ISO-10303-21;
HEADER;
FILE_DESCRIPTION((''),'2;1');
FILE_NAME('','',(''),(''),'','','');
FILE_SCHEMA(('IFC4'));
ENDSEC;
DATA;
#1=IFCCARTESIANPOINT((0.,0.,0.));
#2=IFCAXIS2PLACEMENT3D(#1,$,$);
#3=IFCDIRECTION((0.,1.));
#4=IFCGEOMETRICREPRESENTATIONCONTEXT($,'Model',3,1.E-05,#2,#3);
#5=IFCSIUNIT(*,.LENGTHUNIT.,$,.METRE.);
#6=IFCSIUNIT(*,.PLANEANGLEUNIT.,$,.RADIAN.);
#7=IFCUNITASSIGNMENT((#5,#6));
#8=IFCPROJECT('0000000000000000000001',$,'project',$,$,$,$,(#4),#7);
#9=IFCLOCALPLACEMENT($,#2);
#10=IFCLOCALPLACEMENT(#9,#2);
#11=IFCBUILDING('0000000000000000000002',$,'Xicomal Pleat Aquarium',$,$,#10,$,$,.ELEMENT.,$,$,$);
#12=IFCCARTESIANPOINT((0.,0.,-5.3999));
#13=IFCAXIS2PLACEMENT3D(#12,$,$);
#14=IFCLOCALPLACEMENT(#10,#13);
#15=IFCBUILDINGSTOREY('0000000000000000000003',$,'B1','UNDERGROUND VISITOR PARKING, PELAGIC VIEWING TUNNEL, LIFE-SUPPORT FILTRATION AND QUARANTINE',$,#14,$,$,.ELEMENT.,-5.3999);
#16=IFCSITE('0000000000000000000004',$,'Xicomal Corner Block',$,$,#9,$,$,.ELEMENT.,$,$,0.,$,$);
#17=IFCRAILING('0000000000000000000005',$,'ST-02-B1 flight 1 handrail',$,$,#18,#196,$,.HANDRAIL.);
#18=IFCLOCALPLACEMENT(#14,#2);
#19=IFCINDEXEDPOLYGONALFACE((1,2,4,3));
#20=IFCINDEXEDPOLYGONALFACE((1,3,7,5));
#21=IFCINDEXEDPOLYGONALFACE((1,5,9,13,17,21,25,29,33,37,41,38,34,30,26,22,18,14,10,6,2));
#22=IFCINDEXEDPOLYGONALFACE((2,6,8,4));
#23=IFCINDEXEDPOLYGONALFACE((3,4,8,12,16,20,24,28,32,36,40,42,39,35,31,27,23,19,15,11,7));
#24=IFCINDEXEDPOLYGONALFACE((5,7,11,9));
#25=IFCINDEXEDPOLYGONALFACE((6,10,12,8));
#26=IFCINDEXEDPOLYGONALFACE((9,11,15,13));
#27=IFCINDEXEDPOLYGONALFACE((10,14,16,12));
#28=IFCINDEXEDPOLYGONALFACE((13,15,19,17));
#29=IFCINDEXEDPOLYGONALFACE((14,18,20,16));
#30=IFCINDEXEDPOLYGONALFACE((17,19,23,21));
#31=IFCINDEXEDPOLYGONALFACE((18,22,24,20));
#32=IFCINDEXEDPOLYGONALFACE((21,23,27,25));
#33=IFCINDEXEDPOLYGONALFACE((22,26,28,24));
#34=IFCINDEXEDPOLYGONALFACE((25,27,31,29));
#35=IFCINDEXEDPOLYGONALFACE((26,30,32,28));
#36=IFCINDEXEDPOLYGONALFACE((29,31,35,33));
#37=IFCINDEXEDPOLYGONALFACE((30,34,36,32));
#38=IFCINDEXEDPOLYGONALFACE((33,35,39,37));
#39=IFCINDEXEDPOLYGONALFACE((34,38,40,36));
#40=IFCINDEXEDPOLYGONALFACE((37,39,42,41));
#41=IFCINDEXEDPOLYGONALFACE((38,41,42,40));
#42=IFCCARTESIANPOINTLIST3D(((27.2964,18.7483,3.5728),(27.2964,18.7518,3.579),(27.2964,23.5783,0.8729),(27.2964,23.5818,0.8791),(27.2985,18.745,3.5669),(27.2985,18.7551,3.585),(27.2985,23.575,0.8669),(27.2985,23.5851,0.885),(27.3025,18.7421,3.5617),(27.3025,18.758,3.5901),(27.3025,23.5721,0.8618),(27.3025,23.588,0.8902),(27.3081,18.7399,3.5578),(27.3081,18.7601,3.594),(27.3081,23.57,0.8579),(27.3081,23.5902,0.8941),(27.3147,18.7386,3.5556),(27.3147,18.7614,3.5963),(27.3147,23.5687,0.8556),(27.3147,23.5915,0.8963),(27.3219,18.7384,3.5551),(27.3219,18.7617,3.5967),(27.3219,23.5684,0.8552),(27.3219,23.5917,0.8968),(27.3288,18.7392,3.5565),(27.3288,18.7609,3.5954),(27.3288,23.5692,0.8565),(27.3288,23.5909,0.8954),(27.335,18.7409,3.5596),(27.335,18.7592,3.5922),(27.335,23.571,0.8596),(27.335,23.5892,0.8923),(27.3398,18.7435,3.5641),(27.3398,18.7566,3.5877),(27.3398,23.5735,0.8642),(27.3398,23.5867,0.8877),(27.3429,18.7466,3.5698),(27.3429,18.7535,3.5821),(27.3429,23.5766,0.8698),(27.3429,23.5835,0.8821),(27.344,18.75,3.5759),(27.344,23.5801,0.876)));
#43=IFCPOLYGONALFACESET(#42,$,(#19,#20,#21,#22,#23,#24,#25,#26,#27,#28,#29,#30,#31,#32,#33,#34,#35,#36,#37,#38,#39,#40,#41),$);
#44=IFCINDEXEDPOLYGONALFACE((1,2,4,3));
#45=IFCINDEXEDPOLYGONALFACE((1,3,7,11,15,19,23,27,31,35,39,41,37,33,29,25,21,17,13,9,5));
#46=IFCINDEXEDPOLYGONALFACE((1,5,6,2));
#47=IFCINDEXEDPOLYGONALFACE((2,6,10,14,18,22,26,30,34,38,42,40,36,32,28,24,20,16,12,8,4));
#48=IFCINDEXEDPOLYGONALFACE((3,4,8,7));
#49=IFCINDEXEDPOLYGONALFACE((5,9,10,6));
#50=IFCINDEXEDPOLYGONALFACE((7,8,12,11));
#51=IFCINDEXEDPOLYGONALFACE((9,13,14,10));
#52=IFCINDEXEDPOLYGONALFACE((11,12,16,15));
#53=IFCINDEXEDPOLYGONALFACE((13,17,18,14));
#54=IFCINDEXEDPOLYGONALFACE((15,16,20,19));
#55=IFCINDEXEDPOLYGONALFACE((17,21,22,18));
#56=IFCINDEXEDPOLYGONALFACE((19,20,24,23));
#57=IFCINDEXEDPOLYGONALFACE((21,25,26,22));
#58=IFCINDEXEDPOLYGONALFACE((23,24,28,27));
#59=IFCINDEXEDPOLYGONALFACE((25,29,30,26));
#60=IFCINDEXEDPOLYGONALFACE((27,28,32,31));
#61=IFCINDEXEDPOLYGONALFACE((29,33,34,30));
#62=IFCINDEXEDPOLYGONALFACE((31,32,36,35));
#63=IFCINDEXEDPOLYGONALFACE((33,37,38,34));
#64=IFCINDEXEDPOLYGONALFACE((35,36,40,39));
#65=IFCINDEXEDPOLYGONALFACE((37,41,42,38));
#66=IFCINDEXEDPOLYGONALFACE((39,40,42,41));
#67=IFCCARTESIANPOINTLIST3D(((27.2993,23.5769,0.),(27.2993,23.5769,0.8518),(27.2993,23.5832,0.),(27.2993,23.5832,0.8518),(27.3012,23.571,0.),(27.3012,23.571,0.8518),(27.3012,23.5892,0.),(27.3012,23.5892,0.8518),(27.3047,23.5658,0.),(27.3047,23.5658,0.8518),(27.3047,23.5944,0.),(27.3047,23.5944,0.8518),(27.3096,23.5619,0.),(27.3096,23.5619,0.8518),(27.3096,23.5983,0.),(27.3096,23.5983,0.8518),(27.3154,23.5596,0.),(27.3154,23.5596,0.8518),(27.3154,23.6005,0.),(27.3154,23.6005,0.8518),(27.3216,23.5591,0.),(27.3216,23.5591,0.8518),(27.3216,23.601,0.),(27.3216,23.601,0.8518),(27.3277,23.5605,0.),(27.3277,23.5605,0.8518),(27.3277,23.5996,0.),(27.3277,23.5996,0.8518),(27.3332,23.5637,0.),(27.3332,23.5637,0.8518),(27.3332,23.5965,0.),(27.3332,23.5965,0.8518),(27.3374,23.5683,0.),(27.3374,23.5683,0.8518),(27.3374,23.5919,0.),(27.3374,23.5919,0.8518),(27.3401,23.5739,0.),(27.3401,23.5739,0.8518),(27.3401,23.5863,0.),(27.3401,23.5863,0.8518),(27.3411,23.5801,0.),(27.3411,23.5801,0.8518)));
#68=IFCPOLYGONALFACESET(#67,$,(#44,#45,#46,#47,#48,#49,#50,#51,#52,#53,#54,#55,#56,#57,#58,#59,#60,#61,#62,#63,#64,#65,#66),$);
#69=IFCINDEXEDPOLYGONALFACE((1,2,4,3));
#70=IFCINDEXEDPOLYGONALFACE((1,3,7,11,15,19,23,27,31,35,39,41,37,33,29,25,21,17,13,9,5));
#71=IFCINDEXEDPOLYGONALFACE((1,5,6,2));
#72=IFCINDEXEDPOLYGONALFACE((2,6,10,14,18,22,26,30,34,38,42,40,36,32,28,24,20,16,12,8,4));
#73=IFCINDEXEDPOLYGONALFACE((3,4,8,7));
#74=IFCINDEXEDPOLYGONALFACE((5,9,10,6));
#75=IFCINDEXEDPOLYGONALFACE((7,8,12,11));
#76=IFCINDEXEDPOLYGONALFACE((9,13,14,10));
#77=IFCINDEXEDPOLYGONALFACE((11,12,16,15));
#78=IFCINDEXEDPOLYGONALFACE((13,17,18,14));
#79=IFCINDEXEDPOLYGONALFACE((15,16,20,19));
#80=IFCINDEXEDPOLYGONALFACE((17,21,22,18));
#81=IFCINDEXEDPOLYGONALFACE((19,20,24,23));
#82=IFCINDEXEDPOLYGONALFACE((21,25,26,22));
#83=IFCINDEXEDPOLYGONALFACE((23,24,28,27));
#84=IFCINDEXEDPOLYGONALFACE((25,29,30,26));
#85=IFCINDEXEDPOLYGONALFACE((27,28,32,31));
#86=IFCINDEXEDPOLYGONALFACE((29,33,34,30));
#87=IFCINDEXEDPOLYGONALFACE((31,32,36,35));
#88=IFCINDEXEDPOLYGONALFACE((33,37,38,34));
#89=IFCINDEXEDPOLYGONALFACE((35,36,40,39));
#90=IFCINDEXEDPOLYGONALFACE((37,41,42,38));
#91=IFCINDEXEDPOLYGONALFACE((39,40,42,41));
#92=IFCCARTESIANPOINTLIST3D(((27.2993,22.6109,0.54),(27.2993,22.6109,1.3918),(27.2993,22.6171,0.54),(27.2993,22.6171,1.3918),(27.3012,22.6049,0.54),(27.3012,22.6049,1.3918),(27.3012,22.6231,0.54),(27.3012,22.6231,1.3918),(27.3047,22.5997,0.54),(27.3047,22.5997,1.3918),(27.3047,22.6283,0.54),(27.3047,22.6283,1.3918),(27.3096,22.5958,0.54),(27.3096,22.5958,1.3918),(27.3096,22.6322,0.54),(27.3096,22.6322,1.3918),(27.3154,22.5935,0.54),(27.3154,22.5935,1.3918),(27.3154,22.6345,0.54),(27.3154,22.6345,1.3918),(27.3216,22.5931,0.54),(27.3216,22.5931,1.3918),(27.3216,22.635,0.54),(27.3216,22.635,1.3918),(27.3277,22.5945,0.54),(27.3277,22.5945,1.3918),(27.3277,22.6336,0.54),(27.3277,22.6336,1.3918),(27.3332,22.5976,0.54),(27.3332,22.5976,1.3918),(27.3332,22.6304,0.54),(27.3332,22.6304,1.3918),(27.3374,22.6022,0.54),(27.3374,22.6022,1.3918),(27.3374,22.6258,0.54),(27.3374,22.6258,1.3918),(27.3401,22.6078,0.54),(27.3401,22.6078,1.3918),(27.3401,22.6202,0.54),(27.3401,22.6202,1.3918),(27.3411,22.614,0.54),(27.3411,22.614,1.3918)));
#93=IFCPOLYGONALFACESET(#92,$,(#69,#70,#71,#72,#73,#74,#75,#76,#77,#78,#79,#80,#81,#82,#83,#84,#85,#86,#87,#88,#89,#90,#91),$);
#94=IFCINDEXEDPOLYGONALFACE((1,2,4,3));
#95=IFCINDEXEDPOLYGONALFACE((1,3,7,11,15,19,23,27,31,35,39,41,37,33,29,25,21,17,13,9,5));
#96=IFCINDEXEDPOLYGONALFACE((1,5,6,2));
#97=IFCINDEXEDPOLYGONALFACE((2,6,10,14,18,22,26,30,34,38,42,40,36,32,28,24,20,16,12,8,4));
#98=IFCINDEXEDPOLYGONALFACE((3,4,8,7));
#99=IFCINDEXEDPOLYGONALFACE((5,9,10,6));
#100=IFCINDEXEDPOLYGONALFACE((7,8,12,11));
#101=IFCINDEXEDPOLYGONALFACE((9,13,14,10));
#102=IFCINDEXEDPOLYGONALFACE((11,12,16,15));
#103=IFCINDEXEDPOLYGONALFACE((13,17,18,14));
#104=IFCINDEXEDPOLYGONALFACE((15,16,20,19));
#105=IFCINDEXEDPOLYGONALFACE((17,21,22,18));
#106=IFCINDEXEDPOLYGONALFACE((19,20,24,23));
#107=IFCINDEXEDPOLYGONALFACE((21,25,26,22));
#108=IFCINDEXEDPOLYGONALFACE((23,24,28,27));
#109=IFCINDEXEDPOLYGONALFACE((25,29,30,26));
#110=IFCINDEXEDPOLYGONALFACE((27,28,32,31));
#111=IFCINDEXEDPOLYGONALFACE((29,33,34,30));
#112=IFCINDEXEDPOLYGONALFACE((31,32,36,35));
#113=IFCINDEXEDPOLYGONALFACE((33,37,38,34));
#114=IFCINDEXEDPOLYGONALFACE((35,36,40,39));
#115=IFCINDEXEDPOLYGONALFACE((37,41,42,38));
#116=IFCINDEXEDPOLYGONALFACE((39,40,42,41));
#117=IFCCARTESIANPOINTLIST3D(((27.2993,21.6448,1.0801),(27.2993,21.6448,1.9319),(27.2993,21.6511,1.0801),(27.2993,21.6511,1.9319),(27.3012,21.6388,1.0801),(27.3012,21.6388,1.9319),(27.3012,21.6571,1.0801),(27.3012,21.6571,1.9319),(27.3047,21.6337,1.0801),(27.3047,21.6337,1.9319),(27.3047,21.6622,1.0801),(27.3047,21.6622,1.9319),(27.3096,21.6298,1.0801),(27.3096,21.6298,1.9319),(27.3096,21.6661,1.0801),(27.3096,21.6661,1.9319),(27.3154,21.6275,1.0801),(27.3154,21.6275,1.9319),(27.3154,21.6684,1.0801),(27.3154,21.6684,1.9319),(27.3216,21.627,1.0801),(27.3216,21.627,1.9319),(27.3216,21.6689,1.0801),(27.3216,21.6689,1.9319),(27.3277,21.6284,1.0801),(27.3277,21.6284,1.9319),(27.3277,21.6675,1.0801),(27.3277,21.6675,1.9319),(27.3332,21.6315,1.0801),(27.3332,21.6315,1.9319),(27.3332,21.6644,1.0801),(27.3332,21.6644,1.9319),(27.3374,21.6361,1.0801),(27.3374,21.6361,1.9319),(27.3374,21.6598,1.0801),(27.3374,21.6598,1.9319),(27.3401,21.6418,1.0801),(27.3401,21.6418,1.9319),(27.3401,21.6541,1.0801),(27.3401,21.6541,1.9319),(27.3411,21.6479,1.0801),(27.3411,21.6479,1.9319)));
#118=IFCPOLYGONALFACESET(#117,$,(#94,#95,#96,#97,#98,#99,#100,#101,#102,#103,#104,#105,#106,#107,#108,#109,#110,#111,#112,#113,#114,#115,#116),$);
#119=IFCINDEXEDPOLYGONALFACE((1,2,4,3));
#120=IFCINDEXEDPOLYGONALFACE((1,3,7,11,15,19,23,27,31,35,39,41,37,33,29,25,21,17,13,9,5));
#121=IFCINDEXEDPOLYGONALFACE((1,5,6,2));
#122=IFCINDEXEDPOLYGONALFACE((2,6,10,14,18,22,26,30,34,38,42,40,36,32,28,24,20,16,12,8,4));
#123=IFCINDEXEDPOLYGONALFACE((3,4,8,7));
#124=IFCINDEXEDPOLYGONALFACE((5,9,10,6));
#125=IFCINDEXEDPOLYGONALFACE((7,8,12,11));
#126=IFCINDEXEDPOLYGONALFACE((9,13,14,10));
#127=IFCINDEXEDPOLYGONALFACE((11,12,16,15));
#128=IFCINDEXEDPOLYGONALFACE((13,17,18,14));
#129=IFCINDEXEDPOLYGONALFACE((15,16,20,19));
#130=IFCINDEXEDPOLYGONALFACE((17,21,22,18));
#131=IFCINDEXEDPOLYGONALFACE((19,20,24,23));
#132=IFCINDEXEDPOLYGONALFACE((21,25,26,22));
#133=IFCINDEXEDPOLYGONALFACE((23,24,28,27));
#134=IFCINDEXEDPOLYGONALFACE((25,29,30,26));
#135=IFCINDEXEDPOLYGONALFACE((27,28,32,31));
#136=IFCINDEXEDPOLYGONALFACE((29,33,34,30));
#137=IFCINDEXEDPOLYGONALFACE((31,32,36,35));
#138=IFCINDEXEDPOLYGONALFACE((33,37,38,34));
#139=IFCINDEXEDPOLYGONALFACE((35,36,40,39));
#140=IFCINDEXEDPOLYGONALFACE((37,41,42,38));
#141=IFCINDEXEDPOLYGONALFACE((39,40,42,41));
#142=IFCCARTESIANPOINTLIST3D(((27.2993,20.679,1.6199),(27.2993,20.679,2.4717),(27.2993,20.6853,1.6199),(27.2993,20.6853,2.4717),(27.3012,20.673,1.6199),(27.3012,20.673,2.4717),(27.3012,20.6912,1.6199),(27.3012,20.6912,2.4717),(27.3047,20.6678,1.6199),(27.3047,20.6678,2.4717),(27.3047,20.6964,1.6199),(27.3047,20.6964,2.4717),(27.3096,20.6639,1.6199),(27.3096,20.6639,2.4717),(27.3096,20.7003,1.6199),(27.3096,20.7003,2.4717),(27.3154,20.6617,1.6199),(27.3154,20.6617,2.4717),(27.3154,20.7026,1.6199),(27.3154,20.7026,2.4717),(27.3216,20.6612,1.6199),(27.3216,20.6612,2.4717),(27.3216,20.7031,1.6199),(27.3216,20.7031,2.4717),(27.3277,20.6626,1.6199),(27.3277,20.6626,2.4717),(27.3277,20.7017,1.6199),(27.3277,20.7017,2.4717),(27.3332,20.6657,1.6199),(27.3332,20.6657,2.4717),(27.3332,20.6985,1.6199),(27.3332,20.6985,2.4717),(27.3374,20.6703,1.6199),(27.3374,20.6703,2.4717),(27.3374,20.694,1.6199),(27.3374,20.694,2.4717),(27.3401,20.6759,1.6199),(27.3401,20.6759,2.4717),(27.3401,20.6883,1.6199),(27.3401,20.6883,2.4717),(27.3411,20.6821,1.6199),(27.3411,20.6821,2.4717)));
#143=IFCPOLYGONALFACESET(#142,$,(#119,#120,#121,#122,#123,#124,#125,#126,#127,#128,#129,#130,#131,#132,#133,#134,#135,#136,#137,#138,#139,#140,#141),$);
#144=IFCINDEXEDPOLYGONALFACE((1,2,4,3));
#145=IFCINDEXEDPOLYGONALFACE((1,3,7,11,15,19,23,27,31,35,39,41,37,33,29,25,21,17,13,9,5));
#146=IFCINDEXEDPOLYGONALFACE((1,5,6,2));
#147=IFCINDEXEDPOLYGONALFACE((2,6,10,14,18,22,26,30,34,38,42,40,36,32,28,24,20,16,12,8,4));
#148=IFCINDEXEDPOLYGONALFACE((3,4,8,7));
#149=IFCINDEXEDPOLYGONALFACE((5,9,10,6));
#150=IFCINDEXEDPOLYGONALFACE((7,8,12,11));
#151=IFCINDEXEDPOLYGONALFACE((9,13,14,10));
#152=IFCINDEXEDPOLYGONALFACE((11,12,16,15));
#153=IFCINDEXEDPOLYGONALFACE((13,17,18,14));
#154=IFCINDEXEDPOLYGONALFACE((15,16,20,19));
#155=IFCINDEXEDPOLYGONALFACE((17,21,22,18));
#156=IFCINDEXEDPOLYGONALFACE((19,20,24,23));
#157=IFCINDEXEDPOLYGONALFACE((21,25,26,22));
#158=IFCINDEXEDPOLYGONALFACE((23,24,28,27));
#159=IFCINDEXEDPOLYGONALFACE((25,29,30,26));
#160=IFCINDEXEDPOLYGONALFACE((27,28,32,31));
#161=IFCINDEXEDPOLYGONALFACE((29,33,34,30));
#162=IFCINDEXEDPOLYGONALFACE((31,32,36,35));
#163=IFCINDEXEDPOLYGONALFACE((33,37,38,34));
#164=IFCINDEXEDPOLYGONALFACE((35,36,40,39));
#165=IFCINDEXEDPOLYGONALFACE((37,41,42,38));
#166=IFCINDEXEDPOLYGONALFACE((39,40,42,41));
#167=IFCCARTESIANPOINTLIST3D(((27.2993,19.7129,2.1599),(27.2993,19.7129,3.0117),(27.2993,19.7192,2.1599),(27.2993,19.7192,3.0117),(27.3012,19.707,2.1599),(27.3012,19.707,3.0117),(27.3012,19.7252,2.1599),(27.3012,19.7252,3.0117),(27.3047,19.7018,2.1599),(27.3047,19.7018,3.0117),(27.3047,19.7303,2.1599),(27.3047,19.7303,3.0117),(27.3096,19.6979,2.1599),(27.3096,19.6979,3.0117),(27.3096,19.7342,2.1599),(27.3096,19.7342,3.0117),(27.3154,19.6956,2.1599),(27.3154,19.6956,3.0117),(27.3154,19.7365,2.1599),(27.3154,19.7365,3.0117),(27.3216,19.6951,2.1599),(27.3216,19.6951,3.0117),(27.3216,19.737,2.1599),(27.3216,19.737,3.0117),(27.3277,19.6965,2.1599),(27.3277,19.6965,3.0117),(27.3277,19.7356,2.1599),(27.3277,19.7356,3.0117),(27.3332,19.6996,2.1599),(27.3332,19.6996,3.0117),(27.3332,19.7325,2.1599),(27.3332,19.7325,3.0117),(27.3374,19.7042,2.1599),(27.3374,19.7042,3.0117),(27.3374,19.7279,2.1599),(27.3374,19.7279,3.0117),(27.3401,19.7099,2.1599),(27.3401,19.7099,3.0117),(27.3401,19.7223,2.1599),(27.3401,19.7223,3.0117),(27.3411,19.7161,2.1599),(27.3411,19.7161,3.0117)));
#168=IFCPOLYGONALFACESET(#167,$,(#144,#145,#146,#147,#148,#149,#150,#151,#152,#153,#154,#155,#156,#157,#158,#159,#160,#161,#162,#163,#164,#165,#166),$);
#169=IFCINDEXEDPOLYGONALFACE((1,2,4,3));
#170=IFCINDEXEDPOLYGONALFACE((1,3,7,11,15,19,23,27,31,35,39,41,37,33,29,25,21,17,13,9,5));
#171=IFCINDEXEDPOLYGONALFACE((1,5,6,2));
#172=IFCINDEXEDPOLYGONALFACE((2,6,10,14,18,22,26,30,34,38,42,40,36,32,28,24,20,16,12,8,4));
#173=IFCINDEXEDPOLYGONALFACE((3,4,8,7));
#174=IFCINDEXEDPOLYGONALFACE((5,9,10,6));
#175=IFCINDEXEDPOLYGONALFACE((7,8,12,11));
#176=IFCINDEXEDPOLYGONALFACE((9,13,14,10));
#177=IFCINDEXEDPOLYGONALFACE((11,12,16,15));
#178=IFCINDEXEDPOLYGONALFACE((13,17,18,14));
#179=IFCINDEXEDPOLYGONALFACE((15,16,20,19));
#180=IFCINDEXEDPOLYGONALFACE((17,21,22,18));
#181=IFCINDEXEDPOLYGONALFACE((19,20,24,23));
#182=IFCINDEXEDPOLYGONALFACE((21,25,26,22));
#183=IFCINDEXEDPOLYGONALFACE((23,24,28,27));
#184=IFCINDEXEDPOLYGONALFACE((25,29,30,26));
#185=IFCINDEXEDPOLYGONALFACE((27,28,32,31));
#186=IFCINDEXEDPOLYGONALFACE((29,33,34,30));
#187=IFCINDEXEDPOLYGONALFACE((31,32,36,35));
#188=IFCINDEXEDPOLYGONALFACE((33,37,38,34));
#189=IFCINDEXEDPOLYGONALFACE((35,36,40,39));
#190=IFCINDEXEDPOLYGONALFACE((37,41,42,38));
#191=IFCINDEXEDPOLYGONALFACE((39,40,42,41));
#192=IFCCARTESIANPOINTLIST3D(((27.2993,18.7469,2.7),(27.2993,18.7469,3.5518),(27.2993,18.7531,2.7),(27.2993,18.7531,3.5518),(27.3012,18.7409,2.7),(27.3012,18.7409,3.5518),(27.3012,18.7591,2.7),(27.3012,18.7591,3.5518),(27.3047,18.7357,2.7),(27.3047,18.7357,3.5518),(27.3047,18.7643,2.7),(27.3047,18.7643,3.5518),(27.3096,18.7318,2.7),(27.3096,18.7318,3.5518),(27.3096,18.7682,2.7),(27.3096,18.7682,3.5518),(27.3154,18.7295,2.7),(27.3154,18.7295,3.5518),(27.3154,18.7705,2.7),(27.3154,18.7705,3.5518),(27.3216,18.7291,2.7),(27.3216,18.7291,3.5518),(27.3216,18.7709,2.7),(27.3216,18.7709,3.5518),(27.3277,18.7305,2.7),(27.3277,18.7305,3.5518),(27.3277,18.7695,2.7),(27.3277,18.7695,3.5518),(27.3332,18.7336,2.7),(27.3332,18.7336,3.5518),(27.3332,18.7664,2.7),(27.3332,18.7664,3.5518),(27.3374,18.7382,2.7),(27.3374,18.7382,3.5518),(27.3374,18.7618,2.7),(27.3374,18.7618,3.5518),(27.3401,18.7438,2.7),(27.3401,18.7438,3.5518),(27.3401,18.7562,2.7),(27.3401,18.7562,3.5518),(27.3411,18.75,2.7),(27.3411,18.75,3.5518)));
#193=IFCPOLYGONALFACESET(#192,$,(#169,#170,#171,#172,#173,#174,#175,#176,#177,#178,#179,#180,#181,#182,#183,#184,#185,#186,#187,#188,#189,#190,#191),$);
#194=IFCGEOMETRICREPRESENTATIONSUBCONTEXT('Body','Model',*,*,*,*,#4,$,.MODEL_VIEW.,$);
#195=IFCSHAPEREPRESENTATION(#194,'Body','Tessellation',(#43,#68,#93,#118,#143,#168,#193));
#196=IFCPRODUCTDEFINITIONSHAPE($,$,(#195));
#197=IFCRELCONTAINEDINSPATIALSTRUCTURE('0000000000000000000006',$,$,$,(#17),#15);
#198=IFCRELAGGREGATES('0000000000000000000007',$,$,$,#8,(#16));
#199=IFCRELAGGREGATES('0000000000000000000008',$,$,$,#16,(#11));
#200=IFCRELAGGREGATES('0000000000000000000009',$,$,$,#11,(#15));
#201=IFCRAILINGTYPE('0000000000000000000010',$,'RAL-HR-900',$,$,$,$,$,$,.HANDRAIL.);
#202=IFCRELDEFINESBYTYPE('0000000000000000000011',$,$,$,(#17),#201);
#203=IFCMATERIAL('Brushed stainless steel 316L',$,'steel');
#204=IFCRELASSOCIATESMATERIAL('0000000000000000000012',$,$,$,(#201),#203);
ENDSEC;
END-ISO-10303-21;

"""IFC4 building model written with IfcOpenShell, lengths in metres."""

from ifc_helpers import new_model, si_unit, direction, frame, origin, origin_2d, place, context, subcontext, project, spatial, circle, extrude, material, type_object, element, save


model = new_model("IFC4")

# Units and contexts
model_context = context("Model", 3, precision=1e-05, world=origin(), true_north=direction((0.0, 1.0)))
body_context = subcontext(model_context, "Body", "Model", "MODEL_VIEW")
ifc_project = project(units=[si_unit("LENGTHUNIT", "METRE"), si_unit("PLANEANGLEUNIT", "RADIAN")], contexts=[model_context])

# Site, building, storey
site_placement = place(None, origin())
site = spatial("IfcSite", under=ifc_project, at=site_placement, Name="Xicomal Corner Block", CompositionType="ELEMENT", RefElevation=0.0)
building_placement = place(site_placement, origin())
building = spatial("IfcBuilding", under=site, at=building_placement, Name="Xicomal Pleat Aquarium", CompositionType="ELEMENT")
storey_placement = place(building_placement, frame((0.0, 0.0, -5.3999)))
storey = spatial("IfcBuildingStorey", under=building, at=storey_placement, Name="B1", Description="UNDERGROUND VISITOR PARKING, PELAGIC VIEWING TUNNEL, LIFE-SUPPORT FILTRATION AND QUARANTINE", CompositionType="ELEMENT", Elevation=-5.3999)

# Railing
ifc_material_1 = material(Name="Brushed stainless steel 316L", Category="steel")
railing_type_1 = type_object("IfcRailingType", Name="RAL-HR-900", PredefinedType="HANDRAIL", material=ifc_material_1)
railing_1_placement = place(storey_placement, frame((27.3201, 23.5801, 0.0)))
element("IfcRailing", 1, at=railing_1_placement, inside=storey, type_object=railing_type_1, Name="ST-02-B1 flight 1 handrail", PredefinedType="HANDRAIL", context=body_context, shape_type="SweptSolid", body=[
    extrude(circle(Radius=0.0239, at=origin_2d()), frame((0.0, 0.0, 0.876), z_axis=(0.0, -0.872883, 0.48793), x_axis=(1.0, 0.0, 0.0)), (0.0, 0.0, 1.0), 5.5334),
    extrude(circle(Radius=0.021, at=origin_2d()), origin(), (0.0, 0.0, 1.0), 0.8518),
    extrude(circle(Radius=0.021, at=origin_2d()), frame((0.0, -0.9661, 0.54)), (0.0, 0.0, 1.0), 0.8518),
    extrude(circle(Radius=0.021, at=origin_2d()), frame((0.0, -1.9321, 1.0801)), (0.0, 0.0, 1.0), 0.8518),
    extrude(circle(Radius=0.021, at=origin_2d()), frame((0.0, -2.8979, 1.6199)), (0.0, 0.0, 1.0), 0.8518),
    extrude(circle(Radius=0.021, at=origin_2d()), frame((0.0, -3.864, 2.1599)), (0.0, 0.0, 1.0), 0.8518),
    extrude(circle(Radius=0.021, at=origin_2d()), frame((0.0, -4.8301, 2.7)), (0.0, 0.0, 1.0), 0.8518),
])

save(model, "model.ifc")
